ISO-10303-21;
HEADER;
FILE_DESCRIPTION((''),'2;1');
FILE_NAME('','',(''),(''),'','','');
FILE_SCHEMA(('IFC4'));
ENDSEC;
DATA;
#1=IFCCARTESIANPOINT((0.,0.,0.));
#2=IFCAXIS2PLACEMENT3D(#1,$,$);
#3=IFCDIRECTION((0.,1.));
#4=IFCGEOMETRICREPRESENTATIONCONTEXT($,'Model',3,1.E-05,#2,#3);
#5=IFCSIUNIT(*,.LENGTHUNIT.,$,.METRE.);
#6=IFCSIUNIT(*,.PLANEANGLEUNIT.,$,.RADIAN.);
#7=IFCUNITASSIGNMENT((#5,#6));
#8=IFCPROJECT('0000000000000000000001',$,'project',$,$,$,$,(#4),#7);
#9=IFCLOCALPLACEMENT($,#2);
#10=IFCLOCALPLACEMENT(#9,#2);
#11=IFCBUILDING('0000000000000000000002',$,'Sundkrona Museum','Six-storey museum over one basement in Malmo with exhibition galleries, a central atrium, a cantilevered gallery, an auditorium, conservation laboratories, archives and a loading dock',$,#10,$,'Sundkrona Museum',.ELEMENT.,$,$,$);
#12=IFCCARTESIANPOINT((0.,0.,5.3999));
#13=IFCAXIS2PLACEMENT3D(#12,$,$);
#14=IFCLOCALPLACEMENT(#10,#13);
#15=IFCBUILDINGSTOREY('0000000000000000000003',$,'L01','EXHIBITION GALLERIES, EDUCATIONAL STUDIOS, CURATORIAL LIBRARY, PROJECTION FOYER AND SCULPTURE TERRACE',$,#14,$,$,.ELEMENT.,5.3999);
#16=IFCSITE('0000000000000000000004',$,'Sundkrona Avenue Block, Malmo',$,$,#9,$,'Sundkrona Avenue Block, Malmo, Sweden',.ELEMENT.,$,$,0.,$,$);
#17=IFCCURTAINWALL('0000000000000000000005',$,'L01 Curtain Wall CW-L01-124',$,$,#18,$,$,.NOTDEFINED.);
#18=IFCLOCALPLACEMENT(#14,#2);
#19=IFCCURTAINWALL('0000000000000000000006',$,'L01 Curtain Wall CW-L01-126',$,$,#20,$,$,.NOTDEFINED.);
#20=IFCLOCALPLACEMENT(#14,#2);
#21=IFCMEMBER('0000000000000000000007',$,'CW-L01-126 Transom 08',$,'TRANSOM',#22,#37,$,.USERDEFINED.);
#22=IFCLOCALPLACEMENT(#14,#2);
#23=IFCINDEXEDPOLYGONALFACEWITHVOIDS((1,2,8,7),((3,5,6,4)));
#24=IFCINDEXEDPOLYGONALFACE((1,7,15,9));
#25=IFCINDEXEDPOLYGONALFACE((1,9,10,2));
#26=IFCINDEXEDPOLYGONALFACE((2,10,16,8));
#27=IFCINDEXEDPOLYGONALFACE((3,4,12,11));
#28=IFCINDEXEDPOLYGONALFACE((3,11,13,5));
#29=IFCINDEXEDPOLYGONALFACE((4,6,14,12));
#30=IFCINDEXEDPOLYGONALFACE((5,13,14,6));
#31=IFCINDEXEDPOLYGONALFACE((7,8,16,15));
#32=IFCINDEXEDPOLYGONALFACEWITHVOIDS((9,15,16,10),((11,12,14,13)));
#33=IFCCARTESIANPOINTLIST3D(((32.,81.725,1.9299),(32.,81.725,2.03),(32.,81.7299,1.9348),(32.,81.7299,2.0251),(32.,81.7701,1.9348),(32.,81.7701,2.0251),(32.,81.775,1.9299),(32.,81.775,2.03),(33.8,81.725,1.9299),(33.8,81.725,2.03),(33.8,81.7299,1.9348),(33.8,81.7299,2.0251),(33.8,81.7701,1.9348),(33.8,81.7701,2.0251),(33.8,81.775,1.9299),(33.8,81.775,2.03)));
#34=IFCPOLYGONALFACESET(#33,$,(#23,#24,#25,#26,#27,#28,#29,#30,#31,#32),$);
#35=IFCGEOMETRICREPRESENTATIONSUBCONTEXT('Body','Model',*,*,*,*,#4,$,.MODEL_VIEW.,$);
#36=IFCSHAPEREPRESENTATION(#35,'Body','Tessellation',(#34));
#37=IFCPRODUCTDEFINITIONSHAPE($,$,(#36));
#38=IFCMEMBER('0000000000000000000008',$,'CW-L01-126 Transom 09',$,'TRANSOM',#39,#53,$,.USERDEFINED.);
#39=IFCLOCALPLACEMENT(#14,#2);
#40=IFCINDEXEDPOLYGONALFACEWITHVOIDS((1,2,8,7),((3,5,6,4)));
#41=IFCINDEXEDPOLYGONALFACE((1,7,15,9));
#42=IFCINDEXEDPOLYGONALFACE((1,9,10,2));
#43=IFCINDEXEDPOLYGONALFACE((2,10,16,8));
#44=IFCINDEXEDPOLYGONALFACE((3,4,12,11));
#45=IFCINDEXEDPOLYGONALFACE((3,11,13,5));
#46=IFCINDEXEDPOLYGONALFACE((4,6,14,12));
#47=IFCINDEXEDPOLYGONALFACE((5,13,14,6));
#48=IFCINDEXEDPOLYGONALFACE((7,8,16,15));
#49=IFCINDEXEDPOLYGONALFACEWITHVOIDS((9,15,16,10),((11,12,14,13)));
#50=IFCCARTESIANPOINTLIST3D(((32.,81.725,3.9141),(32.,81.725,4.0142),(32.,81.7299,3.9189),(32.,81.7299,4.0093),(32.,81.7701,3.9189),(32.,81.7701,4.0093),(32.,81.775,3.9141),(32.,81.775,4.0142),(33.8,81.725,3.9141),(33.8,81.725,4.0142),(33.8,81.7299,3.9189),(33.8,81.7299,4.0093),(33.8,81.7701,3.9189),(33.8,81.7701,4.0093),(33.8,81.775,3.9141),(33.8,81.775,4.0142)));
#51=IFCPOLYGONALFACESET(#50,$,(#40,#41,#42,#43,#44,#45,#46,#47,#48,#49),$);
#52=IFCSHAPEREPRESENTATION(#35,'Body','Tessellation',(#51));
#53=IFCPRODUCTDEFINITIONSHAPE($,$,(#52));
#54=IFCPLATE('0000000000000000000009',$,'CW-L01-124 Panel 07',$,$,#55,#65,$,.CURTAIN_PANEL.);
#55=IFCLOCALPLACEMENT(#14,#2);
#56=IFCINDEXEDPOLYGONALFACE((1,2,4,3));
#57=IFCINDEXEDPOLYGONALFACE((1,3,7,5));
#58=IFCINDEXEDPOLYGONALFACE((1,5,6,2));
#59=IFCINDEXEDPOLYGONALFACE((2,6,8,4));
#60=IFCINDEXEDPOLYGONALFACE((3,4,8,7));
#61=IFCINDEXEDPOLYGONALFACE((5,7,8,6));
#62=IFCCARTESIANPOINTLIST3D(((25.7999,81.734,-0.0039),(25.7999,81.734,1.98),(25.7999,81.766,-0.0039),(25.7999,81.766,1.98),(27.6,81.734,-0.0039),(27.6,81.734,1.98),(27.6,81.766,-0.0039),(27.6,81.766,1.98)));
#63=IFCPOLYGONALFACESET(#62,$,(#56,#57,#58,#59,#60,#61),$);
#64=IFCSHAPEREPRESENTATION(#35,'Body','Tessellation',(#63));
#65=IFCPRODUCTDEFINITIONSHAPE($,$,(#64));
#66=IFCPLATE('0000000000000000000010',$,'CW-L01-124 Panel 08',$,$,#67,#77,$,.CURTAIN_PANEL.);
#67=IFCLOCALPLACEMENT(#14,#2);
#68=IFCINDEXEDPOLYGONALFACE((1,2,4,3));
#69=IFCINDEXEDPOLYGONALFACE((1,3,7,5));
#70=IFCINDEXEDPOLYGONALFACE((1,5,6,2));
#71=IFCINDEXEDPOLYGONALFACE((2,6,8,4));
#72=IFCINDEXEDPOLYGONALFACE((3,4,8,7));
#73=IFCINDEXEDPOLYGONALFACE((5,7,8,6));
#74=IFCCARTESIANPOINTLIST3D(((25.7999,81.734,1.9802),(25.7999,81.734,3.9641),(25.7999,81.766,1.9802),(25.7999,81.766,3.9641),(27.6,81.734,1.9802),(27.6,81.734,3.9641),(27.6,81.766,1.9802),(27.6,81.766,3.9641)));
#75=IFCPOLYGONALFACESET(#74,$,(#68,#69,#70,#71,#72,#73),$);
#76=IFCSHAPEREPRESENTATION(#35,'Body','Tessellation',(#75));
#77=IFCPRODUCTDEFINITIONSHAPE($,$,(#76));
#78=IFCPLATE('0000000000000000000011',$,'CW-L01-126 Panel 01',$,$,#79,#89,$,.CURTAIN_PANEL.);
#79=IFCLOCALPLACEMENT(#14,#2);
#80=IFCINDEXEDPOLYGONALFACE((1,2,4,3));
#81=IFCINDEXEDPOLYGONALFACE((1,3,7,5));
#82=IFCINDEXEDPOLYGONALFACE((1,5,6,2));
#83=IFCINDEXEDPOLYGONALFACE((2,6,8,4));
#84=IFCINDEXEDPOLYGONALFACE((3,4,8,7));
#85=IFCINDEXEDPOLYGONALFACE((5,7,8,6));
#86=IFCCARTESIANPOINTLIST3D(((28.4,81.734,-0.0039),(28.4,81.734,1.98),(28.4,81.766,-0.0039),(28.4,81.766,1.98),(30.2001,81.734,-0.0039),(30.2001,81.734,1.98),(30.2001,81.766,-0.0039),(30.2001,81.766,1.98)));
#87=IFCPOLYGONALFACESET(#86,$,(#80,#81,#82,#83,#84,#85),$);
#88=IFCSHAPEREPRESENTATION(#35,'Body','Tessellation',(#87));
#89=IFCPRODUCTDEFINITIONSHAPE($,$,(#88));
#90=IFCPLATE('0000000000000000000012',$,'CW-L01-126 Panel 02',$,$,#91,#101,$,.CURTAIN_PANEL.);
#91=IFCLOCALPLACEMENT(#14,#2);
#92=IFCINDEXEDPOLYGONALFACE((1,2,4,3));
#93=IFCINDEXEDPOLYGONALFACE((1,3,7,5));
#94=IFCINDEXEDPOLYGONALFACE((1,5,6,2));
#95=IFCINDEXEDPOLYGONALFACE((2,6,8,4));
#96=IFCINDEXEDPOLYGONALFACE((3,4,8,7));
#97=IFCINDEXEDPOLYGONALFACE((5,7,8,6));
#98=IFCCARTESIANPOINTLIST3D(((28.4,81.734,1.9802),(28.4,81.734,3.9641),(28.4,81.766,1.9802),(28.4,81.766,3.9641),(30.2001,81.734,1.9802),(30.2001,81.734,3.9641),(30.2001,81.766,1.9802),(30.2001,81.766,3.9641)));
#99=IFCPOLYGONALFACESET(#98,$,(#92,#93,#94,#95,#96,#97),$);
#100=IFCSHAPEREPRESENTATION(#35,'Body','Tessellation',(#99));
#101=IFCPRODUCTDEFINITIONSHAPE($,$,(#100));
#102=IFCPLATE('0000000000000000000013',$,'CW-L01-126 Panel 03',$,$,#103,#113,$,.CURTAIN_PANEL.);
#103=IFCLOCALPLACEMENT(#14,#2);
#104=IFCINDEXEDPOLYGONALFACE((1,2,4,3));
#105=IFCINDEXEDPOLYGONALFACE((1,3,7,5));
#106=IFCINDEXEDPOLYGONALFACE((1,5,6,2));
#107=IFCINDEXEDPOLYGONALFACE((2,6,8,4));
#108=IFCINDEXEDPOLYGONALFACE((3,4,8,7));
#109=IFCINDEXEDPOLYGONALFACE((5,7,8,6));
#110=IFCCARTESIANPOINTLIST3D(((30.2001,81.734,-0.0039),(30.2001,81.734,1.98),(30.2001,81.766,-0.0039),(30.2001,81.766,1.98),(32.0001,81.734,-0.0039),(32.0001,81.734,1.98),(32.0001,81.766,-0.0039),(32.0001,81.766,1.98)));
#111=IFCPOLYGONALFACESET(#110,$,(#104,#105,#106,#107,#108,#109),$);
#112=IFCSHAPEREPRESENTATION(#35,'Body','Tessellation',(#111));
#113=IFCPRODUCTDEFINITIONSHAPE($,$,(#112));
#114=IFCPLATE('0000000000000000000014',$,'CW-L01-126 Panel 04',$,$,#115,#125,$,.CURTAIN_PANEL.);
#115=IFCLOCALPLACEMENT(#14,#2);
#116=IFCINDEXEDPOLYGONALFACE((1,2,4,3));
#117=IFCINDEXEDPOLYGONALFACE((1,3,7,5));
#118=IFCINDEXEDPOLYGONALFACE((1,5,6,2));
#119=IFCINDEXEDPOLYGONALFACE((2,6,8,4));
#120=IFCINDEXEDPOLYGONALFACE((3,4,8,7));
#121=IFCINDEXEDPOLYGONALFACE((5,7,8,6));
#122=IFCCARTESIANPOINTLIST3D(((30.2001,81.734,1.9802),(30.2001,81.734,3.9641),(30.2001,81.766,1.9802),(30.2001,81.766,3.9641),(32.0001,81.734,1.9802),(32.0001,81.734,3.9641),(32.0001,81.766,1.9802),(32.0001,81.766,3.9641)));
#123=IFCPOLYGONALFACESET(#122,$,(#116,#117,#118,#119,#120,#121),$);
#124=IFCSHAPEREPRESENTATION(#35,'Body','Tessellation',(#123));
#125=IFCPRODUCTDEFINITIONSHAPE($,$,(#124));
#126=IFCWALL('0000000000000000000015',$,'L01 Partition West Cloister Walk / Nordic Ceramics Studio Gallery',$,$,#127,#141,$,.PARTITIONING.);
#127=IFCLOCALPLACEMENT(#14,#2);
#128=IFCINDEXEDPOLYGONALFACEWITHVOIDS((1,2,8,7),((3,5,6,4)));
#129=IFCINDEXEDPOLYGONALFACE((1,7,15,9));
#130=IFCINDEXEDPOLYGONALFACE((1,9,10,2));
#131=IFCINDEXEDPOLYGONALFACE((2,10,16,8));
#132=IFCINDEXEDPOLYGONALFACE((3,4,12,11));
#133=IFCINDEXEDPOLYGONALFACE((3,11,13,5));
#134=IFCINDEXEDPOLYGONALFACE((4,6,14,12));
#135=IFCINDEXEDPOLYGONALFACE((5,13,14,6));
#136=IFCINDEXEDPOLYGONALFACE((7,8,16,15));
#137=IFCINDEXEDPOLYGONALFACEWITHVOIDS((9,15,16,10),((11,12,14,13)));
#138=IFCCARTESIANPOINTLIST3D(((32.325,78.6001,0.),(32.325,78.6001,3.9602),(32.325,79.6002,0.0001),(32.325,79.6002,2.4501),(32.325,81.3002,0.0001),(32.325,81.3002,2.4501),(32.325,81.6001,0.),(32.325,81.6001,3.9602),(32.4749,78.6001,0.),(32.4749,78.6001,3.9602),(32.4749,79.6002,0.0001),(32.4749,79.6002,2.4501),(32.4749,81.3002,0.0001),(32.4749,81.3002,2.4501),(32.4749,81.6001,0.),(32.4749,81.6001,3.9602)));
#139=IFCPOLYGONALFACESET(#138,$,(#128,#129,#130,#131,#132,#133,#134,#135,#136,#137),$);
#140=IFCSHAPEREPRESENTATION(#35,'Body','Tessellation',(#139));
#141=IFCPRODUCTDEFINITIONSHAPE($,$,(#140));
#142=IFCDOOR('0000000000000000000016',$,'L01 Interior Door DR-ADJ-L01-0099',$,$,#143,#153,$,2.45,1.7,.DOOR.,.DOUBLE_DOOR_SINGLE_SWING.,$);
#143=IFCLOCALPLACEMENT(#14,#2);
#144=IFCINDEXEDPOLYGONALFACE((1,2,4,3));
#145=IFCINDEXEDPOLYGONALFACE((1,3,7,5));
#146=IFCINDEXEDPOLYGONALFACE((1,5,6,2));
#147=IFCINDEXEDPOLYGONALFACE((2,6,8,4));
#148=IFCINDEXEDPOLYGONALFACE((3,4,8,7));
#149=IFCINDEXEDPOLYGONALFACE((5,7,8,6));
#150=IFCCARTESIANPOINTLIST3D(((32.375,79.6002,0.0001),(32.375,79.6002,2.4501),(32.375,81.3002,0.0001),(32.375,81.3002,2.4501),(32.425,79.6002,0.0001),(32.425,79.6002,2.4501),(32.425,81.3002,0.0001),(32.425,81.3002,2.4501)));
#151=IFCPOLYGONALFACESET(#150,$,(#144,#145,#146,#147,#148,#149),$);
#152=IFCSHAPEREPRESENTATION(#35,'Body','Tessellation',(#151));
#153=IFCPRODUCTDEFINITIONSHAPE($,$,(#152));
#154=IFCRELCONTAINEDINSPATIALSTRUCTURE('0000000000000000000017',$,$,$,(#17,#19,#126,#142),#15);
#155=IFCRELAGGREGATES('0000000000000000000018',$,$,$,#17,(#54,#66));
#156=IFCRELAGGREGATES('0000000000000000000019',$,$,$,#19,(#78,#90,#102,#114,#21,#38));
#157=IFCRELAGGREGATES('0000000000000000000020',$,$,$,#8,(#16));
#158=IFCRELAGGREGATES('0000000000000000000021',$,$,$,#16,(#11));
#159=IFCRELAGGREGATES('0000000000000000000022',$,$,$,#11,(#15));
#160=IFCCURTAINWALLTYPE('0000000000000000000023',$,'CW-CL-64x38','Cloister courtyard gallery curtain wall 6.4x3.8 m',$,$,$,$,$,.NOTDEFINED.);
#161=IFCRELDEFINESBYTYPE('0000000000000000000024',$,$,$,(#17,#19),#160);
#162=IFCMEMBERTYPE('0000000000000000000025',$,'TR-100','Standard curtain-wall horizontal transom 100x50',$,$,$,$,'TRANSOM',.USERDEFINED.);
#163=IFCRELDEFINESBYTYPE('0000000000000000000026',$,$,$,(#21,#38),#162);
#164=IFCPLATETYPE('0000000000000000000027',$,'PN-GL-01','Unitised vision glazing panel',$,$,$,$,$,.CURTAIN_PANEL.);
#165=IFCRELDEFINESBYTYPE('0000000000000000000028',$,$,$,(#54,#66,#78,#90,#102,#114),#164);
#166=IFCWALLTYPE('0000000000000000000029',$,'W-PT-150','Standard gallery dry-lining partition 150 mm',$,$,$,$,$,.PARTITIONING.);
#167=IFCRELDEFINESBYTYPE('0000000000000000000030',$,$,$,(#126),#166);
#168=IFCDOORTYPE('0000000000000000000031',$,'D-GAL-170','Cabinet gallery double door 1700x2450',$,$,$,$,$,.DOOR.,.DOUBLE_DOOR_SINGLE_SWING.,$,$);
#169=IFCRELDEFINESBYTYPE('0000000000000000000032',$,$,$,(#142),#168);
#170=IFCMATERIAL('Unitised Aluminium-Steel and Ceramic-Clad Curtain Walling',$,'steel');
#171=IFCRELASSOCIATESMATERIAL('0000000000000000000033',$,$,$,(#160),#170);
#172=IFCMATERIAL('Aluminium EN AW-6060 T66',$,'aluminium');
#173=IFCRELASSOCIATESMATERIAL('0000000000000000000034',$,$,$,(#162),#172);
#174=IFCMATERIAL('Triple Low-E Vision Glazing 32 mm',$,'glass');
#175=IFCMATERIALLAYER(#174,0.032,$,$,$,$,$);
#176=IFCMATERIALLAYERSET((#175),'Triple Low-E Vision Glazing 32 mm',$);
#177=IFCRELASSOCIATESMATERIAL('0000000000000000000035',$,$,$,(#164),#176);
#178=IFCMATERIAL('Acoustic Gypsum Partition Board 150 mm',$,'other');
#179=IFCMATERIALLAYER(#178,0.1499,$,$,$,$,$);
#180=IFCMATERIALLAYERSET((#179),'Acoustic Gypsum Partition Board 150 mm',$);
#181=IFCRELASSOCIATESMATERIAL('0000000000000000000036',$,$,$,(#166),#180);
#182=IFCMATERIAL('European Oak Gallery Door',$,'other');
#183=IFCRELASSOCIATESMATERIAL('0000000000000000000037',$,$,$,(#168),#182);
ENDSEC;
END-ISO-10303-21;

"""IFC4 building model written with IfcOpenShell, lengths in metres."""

from ifc_helpers import new_model, si_unit, direction, frame, frame_2d, origin, origin_2d, place, context, subcontext, project, spatial, rectangle, hollow_rectangle, extrude, material, layer, layer_set, material_profile, profile_set, type_object, element, fill, aggregate, save


model = new_model("IFC4")

# Units and contexts
model_context = context("Model", 3, precision=1e-05, world=origin(), true_north=direction((0.0, 1.0)))
body_context = subcontext(model_context, "Body", "Model", "MODEL_VIEW")
ifc_project = project(units=[si_unit("LENGTHUNIT", "METRE"), si_unit("PLANEANGLEUNIT", "RADIAN")], contexts=[model_context])

# Site, building, storey
site_placement = place(None, origin())
site = spatial("IfcSite", under=ifc_project, at=site_placement, Name="Sundkrona Avenue Block, Malmo", LongName="Sundkrona Avenue Block, Malmo, Sweden", CompositionType="ELEMENT", RefElevation=0.0)
building_placement = place(site_placement, origin())
building = spatial("IfcBuilding", under=site, at=building_placement, Name="Sundkrona Museum", Description="Six-storey museum over one basement in Malmo with exhibition galleries, a central atrium, a cantilevered gallery, an auditorium, conservation laboratories, archives and a loading dock", LongName="Sundkrona Museum", CompositionType="ELEMENT")
storey_placement = place(building_placement, frame((0.0, 0.0, 5.3999)))
storey = spatial("IfcBuildingStorey", under=building, at=storey_placement, Name="L01", Description="EXHIBITION GALLERIES, EDUCATIONAL STUDIOS, CURATORIAL LIBRARY, PROJECTION FOYER AND SCULPTURE TERRACE", CompositionType="ELEMENT", Elevation=5.3999)

# Curtain wall
ifc_material_1 = material(Name="Unitised Aluminium-Steel and Ceramic-Clad Curtain Walling", Category="steel")
curtain_wall_type = type_object("IfcCurtainWallType", Name="CW-CL-64x38", Description="Cloister courtyard gallery curtain wall 6.4x3.8 m", PredefinedType="NOTDEFINED", material=ifc_material_1)
curtain_wall_1_placement = place(storey_placement, origin())
curtain_wall_1 = element("IfcCurtainWall", 1, at=curtain_wall_1_placement, inside=storey, type_object=curtain_wall_type, Name="L01 Curtain Wall CW-L01-124", PredefinedType="NOTDEFINED")
ifc_material_2 = material(Name="Aluminium EN AW-6060 T66", Category="aluminium")

# Curtain wall, members
curtain_wall_2_placement = place(storey_placement, origin())
curtain_wall_2 = element("IfcCurtainWall", 2, at=curtain_wall_2_placement, inside=storey, type_object=curtain_wall_type, Name="L01 Curtain Wall CW-L01-126", PredefinedType="NOTDEFINED")
ifc_material_profile_1 = material_profile(ifc_material_2, hollow_rectangle(XDim=0.05, YDim=0.1001, WallThickness=0.0049, at=origin_2d()), Name="RHS 100x50x5.0")
ifc_profile_set_1 = profile_set([ifc_material_profile_1], Name="Aluminium EN AW-6060 T66")
member_type_1 = type_object("IfcMemberType", Name="TR-100", Description="Standard curtain-wall horizontal transom 100x50", ElementType="TRANSOM", PredefinedType="USERDEFINED", material=ifc_profile_set_1)
member_1_placement = place(storey_placement, frame((32.0, 81.75, 1.98), z_axis=(1.0, 0.0, 0.0), x_axis=(0.0, 1.0, 0.0)))
member_1 = element("IfcMember", 3, at=member_1_placement, type_object=member_type_1, Name="CW-L01-126 Transom 08", ObjectType="TRANSOM", PredefinedType="USERDEFINED", context=body_context, shape_type="SweptSolid", body=[
    extrude(hollow_rectangle(XDim=0.05, YDim=0.1001, WallThickness=0.0049, at=origin_2d()), origin(), (0.0, 0.0, 1.0), 1.8),
])
member_2_placement = place(storey_placement, frame((32.0, 81.75, 3.9641), z_axis=(1.0, 0.0, 0.0), x_axis=(0.0, 1.0, 0.0)))
member_2 = element("IfcMember", 4, at=member_2_placement, type_object=member_type_1, Name="CW-L01-126 Transom 09", ObjectType="TRANSOM", PredefinedType="USERDEFINED", context=body_context, shape_type="SweptSolid", body=[
    extrude(hollow_rectangle(XDim=0.05, YDim=0.1001, WallThickness=0.0049, at=origin_2d()), origin(), (0.0, 0.0, 1.0), 1.8),
])

# Plates
ifc_material_3 = material(Name="Triple Low-E Vision Glazing 32 mm", Category="glass")
ifc_layer_1 = layer(ifc_material_3, 0.032)
ifc_layer_set_1 = layer_set([ifc_layer_1], Name="Triple Low-E Vision Glazing 32 mm")
plate_type = type_object("IfcPlateType", Name="PN-GL-01", Description="Unitised vision glazing panel", PredefinedType="CURTAIN_PANEL", material=ifc_layer_set_1)
plate_1_placement = place(storey_placement, frame((26.7, 81.75, -0.0039), z_axis=(0.0, 0.0, 1.0), x_axis=(1.0, 0.0, 0.0)))
plate_1 = element("IfcPlate", 5, at=plate_1_placement, type_object=plate_type, Name="CW-L01-124 Panel 07", PredefinedType="CURTAIN_PANEL", context=body_context, shape_type="SweptSolid", body=[
    extrude(rectangle(XDim=1.8, YDim=0.032, at=origin_2d()), origin(), (0.0, 0.0, 1.0), 1.9839),
])
plate_2_placement = place(storey_placement, frame((26.7, 81.75, 1.9802), z_axis=(0.0, 0.0, 1.0), x_axis=(1.0, 0.0, 0.0)))
plate_2 = element("IfcPlate", 6, at=plate_2_placement, type_object=plate_type, Name="CW-L01-124 Panel 08", PredefinedType="CURTAIN_PANEL", context=body_context, shape_type="SweptSolid", body=[
    extrude(rectangle(XDim=1.8, YDim=0.032, at=origin_2d()), origin(), (0.0, 0.0, 1.0), 1.9839),
])
aggregate(curtain_wall_1, [plate_1, plate_2])
plate_3_placement = place(storey_placement, frame((29.3, 81.75, -0.0039), z_axis=(0.0, 0.0, 1.0), x_axis=(1.0, 0.0, 0.0)))
plate_3 = element("IfcPlate", 7, at=plate_3_placement, type_object=plate_type, Name="CW-L01-126 Panel 01", PredefinedType="CURTAIN_PANEL", context=body_context, shape_type="SweptSolid", body=[
    extrude(rectangle(XDim=1.8, YDim=0.032, at=origin_2d()), origin(), (0.0, 0.0, 1.0), 1.9839),
])
plate_4_placement = place(storey_placement, frame((29.3, 81.75, 1.9802), z_axis=(0.0, 0.0, 1.0), x_axis=(1.0, 0.0, 0.0)))
plate_4 = element("IfcPlate", 8, at=plate_4_placement, type_object=plate_type, Name="CW-L01-126 Panel 02", PredefinedType="CURTAIN_PANEL", context=body_context, shape_type="SweptSolid", body=[
    extrude(rectangle(XDim=1.8, YDim=0.032, at=origin_2d()), origin(), (0.0, 0.0, 1.0), 1.9839),
])
plate_5_placement = place(storey_placement, frame((31.1001, 81.75, -0.0039), z_axis=(0.0, 0.0, 1.0), x_axis=(1.0, 0.0, 0.0)))
plate_5 = element("IfcPlate", 9, at=plate_5_placement, type_object=plate_type, Name="CW-L01-126 Panel 03", PredefinedType="CURTAIN_PANEL", context=body_context, shape_type="SweptSolid", body=[
    extrude(rectangle(XDim=1.8, YDim=0.032, at=origin_2d()), origin(), (0.0, 0.0, 1.0), 1.9839),
])
plate_6_placement = place(storey_placement, frame((31.1001, 81.75, 1.9802), z_axis=(0.0, 0.0, 1.0), x_axis=(1.0, 0.0, 0.0)))
plate_6 = element("IfcPlate", 10, at=plate_6_placement, type_object=plate_type, Name="CW-L01-126 Panel 04", PredefinedType="CURTAIN_PANEL", context=body_context, shape_type="SweptSolid", body=[
    extrude(rectangle(XDim=1.8, YDim=0.032, at=origin_2d()), origin(), (0.0, 0.0, 1.0), 1.9839),
])
aggregate(curtain_wall_2, [plate_3, plate_4, plate_5, plate_6, member_1, member_2])

# Wall, opening, door
ifc_material_4 = material(Name="Acoustic Gypsum Partition Board 150 mm", Category="other")
ifc_layer_2 = layer(ifc_material_4, 0.1499)
ifc_layer_set_2 = layer_set([ifc_layer_2], Name="Acoustic Gypsum Partition Board 150 mm")
wall_type = type_object("IfcWallType", Name="W-PT-150", Description="Standard gallery dry-lining partition 150 mm", PredefinedType="PARTITIONING", material=ifc_layer_set_2)
wall_placement = place(storey_placement, frame((32.3999, 78.6001, 0.0), z_axis=(0.0, 0.0, 1.0), x_axis=(0.0, 1.0, 0.0)))
wall = element("IfcWall", 11, at=wall_placement, inside=storey, type_object=wall_type, Name="L01 Partition West Cloister Walk / Nordic Ceramics Studio Gallery", PredefinedType="PARTITIONING", context=body_context, shape_type="SweptSolid", body=[
    extrude(rectangle(XDim=3.0, YDim=0.1499, at=frame_2d((1.5, 0.0))), origin(), (0.0, 0.0, 1.0), 3.9602),
])
opening_placement = place(wall_placement, frame((1.0, 0.0, 0.0)))
opening = element("IfcOpeningElement", 12, at=opening_placement, cuts=wall, PredefinedType="OPENING", context=body_context, shape_type="SweptSolid", body=[
    extrude(rectangle(XDim=1.7, YDim=2.45, at=frame_2d((0.8501, 1.2251))), frame((0.0, 0.085, 0.0), z_axis=(0.0, -1.0, 0.0), x_axis=(1.0, 0.0, 0.0)), (0.0, 0.0, 1.0), 0.1699),
])
ifc_material_5 = material(Name="European Oak Gallery Door", Category="other")
door_type = type_object("IfcDoorType", Name="D-GAL-170", Description="Cabinet gallery double door 1700x2450", OperationType="DOUBLE_DOOR_SINGLE_SWING", PredefinedType="DOOR", material=ifc_material_5)
door_placement = place(opening_placement, origin())
door = element("IfcDoor", 13, at=door_placement, inside=storey, type_object=door_type, Name="L01 Interior Door DR-ADJ-L01-0099", OperationType="DOUBLE_DOOR_SINGLE_SWING", OverallHeight=2.45, OverallWidth=1.7, PredefinedType="DOOR", context=body_context, shape_type="SweptSolid", body=[
    extrude(rectangle(XDim=1.7, YDim=2.45, at=frame_2d((0.8501, 1.2251))), frame((0.0, 0.0249, 0.0), z_axis=(0.0, -1.0, 0.0), x_axis=(1.0, 0.0, 0.0)), (0.0, 0.0, 1.0), 0.05),
])
fill(opening, door)

save(model, "model.ifc")
